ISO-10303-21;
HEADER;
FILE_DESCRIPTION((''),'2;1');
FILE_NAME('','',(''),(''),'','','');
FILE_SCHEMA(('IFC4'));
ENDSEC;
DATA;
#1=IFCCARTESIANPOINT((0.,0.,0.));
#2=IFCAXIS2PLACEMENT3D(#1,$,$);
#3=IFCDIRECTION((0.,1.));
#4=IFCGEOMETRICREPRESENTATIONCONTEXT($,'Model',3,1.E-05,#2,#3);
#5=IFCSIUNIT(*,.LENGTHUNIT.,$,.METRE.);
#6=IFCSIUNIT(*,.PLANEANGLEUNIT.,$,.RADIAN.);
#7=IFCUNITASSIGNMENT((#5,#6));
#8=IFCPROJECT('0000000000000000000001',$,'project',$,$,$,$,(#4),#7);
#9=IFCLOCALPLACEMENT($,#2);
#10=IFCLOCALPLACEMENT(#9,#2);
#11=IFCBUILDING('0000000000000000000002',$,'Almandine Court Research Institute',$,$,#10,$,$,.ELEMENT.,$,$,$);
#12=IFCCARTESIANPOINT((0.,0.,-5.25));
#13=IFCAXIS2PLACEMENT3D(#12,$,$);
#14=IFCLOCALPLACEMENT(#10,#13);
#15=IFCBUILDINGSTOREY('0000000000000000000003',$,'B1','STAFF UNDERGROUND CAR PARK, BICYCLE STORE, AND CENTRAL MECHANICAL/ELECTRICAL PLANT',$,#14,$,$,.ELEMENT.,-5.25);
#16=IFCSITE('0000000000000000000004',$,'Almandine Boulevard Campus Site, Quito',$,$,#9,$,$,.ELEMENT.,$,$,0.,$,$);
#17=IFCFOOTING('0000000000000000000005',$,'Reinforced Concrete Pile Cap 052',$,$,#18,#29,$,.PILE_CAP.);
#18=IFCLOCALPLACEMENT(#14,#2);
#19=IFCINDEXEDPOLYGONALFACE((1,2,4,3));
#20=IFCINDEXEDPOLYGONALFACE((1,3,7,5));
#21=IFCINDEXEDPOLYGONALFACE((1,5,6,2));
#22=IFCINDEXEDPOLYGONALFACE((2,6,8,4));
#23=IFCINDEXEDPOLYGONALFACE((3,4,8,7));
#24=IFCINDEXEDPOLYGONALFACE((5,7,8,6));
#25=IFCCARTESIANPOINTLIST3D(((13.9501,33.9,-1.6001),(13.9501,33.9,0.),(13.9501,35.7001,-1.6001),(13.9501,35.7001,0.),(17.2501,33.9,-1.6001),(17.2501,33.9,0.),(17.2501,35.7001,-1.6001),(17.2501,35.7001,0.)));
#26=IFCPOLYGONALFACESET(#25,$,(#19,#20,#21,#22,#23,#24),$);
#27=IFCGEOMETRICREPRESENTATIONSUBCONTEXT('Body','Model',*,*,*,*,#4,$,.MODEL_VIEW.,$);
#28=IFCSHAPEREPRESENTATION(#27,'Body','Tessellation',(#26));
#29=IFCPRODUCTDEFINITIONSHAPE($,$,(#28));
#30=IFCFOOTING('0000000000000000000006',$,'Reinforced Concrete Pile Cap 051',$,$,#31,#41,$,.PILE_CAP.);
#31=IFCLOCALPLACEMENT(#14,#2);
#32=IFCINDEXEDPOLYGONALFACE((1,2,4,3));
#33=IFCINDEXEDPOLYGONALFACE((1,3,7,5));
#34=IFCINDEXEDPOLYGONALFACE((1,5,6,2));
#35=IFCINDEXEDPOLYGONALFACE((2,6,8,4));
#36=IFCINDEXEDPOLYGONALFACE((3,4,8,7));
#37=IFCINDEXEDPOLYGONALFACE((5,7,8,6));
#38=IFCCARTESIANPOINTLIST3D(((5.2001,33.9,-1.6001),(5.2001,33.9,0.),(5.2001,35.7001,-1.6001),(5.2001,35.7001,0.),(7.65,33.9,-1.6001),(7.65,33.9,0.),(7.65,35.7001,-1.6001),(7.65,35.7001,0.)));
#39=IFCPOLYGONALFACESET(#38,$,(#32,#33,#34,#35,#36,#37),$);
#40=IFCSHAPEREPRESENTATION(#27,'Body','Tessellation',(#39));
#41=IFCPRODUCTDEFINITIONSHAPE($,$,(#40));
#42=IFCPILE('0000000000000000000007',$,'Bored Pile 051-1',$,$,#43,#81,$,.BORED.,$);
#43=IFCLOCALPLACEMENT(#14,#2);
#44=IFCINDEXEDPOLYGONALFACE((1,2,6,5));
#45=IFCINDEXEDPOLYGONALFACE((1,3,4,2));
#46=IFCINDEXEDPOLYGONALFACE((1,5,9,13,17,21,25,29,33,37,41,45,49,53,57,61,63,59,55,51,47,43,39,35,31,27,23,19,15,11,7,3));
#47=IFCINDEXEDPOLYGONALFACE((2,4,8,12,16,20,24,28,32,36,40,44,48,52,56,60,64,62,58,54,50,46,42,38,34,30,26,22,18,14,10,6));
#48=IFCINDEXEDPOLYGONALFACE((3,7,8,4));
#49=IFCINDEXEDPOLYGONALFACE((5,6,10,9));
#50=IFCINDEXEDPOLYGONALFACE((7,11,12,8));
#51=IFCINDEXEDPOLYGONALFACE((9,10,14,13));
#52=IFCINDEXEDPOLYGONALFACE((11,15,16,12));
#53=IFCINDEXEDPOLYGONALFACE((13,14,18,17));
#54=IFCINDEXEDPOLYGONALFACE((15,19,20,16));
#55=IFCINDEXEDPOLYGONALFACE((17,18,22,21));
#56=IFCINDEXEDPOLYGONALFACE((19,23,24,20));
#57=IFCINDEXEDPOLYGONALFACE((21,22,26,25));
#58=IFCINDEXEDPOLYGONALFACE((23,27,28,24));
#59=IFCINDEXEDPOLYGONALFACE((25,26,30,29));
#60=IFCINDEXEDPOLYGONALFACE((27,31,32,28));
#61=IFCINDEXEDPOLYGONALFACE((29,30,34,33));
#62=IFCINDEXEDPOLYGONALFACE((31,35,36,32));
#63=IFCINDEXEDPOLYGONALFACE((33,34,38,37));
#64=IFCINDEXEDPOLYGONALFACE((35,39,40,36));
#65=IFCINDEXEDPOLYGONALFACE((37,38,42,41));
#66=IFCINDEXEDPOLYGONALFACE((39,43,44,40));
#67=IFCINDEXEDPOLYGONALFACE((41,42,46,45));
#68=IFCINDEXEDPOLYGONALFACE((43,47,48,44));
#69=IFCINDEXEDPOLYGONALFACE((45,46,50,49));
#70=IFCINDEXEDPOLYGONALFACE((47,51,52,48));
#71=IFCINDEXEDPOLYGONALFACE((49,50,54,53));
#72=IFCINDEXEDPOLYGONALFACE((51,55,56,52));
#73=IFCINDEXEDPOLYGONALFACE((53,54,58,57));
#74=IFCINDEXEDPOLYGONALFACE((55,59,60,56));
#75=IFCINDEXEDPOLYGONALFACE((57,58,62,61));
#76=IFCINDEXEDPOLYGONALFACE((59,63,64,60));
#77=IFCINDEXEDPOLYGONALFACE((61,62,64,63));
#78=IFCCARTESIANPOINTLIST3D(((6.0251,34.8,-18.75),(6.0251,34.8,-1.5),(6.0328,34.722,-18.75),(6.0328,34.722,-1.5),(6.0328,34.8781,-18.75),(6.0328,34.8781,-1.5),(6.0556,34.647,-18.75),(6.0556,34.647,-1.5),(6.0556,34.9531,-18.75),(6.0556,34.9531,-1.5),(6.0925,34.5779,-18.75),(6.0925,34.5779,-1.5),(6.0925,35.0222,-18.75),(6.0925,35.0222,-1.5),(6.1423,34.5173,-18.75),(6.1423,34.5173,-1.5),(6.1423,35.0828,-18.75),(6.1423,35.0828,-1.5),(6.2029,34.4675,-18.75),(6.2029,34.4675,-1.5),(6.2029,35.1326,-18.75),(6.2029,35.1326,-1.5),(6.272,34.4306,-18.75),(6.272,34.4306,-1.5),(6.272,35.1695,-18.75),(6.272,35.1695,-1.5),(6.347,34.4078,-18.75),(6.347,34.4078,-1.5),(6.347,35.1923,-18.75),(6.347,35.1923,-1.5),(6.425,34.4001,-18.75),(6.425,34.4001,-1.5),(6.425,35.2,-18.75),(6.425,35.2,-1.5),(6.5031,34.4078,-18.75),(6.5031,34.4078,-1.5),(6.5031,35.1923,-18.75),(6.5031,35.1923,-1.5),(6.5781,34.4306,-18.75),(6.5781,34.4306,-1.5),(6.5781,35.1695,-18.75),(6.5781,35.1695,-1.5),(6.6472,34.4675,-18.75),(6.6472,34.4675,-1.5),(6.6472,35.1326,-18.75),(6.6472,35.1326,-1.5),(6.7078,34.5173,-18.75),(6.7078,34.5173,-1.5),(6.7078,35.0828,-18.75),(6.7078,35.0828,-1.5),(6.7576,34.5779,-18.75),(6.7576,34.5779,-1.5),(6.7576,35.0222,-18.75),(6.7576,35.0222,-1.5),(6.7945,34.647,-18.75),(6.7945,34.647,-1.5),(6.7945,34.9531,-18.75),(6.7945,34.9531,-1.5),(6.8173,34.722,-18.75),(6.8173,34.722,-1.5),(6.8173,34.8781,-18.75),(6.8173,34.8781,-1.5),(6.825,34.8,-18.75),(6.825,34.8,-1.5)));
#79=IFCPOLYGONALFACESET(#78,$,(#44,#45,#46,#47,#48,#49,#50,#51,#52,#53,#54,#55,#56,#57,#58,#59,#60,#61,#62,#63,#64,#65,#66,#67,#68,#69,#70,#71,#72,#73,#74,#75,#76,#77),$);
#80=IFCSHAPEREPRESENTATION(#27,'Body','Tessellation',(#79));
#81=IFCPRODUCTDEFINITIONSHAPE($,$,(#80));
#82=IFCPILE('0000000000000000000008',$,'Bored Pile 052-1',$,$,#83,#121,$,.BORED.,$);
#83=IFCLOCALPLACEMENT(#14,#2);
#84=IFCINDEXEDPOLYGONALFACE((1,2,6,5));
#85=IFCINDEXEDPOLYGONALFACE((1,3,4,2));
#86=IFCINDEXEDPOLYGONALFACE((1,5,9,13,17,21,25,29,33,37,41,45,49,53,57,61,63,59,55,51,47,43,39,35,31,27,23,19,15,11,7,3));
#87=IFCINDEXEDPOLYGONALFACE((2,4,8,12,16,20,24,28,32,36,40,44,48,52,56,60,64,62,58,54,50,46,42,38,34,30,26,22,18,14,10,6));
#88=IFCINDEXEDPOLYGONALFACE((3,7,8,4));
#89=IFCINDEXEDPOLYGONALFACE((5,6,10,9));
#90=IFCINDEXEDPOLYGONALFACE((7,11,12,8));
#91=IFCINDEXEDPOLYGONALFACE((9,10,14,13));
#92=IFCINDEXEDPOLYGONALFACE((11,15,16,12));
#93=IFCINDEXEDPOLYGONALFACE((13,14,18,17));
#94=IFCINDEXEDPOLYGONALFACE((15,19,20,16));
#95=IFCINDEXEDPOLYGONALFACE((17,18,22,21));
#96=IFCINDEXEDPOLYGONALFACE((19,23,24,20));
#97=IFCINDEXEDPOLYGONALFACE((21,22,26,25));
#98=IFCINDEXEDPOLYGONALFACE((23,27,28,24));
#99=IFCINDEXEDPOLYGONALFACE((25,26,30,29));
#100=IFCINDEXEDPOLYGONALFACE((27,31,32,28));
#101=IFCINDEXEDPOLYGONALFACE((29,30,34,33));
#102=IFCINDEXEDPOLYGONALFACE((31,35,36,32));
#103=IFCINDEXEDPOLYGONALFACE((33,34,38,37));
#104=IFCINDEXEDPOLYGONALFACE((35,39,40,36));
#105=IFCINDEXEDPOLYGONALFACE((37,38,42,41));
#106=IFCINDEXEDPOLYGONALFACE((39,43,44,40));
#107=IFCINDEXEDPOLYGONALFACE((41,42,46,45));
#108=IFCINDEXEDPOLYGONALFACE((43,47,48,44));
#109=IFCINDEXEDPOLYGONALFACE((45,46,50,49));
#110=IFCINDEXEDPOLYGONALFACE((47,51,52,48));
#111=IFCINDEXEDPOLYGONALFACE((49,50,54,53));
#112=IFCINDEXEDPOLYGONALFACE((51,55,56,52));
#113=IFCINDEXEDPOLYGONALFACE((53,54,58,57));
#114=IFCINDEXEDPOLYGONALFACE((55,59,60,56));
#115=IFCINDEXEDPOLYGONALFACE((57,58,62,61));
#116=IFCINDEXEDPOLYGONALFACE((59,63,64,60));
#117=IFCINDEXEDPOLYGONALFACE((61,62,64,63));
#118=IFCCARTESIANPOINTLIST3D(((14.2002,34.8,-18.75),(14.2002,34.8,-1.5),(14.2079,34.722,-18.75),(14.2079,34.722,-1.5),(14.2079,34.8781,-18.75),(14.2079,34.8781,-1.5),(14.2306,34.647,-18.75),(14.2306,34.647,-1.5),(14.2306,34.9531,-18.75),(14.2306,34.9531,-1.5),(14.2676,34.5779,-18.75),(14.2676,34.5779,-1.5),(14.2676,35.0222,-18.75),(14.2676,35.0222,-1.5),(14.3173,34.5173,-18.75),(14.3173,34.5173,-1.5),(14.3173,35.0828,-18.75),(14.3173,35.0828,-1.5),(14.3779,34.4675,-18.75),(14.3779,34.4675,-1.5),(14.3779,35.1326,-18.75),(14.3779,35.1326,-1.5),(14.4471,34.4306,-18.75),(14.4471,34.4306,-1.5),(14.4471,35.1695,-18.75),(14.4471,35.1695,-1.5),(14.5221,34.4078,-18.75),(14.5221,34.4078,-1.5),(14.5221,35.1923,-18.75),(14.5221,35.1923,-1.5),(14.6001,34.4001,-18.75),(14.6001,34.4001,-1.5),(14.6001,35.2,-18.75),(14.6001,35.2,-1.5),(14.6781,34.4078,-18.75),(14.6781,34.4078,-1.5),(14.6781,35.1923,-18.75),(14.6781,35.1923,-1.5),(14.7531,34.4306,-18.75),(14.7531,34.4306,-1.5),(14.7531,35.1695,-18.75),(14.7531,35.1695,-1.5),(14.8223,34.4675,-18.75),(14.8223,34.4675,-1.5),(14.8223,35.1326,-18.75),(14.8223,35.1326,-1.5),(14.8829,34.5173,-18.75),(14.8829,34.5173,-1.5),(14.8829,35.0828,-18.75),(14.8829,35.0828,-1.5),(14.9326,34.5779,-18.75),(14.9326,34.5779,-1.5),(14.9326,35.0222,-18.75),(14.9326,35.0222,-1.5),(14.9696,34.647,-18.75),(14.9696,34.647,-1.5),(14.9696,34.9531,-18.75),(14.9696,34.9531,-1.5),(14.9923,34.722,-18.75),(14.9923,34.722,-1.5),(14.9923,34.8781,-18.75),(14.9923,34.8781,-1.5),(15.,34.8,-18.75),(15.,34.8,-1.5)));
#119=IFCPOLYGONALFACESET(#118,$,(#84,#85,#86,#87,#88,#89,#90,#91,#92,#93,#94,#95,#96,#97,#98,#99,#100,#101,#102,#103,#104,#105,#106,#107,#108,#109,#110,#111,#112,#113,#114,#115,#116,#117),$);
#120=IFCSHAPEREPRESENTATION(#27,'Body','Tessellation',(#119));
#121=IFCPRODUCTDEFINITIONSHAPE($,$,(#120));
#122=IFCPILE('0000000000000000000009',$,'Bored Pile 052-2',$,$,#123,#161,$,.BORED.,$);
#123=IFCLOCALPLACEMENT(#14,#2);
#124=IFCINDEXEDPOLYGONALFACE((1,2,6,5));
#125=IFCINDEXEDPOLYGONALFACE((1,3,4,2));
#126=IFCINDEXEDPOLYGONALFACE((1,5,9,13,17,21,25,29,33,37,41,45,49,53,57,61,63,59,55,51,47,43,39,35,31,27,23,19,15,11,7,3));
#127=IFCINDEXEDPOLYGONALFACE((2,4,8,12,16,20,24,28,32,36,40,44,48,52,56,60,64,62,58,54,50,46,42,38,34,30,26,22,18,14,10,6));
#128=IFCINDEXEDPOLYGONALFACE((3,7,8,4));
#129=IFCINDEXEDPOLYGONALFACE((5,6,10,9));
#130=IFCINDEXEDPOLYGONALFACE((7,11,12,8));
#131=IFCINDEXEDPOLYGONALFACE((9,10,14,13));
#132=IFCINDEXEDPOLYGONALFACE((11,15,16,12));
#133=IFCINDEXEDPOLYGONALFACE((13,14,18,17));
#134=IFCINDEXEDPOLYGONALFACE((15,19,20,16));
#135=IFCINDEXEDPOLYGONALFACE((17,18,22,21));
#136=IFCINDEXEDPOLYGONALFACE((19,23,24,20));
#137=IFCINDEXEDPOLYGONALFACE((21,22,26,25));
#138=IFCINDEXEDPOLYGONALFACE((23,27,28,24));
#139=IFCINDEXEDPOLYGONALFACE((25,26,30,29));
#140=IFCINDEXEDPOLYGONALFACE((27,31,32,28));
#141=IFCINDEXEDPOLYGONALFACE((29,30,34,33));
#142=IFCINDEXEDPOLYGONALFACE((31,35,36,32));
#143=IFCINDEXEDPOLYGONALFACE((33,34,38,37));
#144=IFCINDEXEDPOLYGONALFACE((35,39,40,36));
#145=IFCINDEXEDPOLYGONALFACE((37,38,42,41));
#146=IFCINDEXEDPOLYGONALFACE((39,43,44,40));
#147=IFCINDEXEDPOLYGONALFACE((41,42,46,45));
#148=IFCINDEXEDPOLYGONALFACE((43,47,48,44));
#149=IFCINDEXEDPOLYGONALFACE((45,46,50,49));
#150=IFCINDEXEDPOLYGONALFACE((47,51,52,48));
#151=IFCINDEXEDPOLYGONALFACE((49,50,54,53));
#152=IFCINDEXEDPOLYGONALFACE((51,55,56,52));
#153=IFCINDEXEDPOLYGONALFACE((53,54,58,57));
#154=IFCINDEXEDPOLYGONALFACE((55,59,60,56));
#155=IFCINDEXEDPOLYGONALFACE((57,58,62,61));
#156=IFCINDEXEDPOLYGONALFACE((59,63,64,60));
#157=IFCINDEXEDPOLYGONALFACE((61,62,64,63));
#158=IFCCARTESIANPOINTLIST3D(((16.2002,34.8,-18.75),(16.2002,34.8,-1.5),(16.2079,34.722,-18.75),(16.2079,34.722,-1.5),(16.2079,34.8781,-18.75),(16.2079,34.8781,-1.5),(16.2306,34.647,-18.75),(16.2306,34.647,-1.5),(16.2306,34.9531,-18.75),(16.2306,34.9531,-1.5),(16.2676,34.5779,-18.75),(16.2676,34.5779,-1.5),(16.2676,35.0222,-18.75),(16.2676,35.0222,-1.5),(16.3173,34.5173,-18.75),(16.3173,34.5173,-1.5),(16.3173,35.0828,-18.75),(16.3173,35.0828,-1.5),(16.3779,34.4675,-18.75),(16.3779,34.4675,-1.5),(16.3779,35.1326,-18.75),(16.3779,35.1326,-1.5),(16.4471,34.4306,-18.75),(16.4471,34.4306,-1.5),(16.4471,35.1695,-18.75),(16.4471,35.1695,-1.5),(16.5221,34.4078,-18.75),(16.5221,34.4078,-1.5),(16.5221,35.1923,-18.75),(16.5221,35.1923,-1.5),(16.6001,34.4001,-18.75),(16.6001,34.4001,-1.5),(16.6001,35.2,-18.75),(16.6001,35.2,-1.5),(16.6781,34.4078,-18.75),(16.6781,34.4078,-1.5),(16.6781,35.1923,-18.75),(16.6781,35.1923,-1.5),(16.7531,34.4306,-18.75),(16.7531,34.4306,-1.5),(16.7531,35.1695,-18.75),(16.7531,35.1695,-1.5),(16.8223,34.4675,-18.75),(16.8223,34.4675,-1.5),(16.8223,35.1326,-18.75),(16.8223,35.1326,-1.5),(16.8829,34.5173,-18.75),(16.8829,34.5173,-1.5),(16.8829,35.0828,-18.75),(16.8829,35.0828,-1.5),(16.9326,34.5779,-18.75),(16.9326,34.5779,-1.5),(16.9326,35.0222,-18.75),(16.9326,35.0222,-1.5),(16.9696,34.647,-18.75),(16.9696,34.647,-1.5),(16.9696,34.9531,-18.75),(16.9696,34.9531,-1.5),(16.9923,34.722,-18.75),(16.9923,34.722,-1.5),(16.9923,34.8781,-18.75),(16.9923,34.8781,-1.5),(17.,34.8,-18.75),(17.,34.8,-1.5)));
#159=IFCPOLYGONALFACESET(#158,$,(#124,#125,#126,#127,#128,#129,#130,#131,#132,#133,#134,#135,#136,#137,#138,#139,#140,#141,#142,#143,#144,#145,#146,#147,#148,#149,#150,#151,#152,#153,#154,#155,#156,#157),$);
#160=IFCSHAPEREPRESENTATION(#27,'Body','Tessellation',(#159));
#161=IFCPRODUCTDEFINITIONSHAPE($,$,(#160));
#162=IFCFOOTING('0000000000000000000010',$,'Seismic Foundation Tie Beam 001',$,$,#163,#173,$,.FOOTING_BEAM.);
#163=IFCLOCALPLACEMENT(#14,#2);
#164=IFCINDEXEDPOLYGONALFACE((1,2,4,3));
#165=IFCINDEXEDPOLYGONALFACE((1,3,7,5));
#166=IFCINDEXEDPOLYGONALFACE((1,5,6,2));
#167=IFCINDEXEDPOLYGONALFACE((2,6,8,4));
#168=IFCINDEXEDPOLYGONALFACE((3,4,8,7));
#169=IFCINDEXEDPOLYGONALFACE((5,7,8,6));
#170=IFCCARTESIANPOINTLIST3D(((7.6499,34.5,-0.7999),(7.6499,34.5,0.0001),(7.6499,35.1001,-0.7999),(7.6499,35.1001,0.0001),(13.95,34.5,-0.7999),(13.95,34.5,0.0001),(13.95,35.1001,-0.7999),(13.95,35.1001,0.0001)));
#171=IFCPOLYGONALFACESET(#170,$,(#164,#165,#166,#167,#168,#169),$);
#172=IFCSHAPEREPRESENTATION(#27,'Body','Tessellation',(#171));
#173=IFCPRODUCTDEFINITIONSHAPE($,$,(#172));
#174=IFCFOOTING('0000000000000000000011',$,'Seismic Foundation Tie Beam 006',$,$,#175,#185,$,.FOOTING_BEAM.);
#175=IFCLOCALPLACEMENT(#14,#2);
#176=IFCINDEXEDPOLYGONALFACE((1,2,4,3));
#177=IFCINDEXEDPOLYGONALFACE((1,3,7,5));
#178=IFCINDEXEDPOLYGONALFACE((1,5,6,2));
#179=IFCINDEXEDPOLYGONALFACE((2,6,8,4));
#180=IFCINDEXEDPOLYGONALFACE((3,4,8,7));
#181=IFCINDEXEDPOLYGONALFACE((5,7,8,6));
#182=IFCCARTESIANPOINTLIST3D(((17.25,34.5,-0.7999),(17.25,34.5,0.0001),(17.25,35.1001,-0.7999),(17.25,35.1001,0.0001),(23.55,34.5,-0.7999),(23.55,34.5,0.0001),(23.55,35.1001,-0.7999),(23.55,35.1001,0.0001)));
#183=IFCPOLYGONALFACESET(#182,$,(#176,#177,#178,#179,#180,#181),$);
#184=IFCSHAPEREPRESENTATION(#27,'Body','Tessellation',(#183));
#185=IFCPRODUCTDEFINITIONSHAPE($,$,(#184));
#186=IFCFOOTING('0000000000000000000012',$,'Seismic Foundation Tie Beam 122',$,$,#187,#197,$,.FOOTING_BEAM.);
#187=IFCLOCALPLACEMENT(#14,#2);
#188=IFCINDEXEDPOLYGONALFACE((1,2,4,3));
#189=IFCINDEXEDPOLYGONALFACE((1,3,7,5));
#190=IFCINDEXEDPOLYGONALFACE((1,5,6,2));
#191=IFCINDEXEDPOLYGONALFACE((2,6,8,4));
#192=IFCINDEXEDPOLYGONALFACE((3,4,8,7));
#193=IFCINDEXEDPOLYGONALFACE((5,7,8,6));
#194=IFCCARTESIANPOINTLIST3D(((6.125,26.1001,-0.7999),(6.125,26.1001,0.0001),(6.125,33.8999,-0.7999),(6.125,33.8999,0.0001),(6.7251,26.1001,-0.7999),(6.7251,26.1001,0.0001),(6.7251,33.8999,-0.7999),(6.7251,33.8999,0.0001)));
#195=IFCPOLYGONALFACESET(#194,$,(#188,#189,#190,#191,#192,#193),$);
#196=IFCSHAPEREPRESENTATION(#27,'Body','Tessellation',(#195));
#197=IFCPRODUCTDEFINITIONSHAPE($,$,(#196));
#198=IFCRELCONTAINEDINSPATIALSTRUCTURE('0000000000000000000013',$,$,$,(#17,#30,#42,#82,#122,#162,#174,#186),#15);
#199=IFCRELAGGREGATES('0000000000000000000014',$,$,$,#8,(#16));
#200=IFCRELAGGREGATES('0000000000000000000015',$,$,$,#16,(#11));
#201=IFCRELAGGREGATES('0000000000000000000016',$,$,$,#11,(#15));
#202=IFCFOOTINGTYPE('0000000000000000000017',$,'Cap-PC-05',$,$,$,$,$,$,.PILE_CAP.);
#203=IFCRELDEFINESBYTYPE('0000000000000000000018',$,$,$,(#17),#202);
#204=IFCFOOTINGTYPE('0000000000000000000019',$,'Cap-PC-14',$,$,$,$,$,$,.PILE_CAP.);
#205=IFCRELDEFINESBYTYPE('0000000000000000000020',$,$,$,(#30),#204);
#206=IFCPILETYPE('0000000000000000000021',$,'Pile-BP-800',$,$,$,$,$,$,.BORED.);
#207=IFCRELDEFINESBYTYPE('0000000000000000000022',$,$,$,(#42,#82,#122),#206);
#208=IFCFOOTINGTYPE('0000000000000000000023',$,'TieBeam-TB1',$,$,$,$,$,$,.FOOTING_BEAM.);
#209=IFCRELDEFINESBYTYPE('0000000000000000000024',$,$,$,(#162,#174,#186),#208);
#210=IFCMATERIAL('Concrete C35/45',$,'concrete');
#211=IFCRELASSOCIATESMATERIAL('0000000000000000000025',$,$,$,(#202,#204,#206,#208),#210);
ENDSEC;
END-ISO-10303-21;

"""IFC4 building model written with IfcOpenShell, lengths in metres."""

from ifc_helpers import new_model, si_unit, direction, frame, origin, origin_2d, place, context, subcontext, project, spatial, rectangle, circle, extrude, material, material_profile, profile_set, type_object, element, save


model = new_model("IFC4")

# Units and contexts
model_context = context("Model", 3, precision=1e-05, world=origin(), true_north=direction((0.0, 1.0)))
body_context = subcontext(model_context, "Body", "Model", "MODEL_VIEW")
ifc_project = project(units=[si_unit("LENGTHUNIT", "METRE"), si_unit("PLANEANGLEUNIT", "RADIAN")], contexts=[model_context])

# Site, building, storey
site_placement = place(None, origin())
site = spatial("IfcSite", under=ifc_project, at=site_placement, Name="Almandine Boulevard Campus Site, Quito", CompositionType="ELEMENT", RefElevation=0.0)
building_placement = place(site_placement, origin())
building = spatial("IfcBuilding", under=site, at=building_placement, Name="Almandine Court Research Institute", CompositionType="ELEMENT")
storey_placement = place(building_placement, frame((0.0, 0.0, -5.25)))
storey = spatial("IfcBuildingStorey", under=building, at=storey_placement, Name="B1", Description="STAFF UNDERGROUND CAR PARK, BICYCLE STORE, AND CENTRAL MECHANICAL/ELECTRICAL PLANT", CompositionType="ELEMENT", Elevation=-5.25)

# Footings
ifc_material_1 = material(Name="Concrete C35/45", Category="concrete")
footing_type_1 = type_object("IfcFootingType", Name="Cap-PC-05", PredefinedType="PILE_CAP", material=ifc_material_1)
footing_1_placement = place(storey_placement, frame((15.6001, 34.8, -1.6001), z_axis=(0.0, 0.0, 1.0), x_axis=(1.0, 0.0, 0.0)))
element("IfcFooting", 1, at=footing_1_placement, inside=storey, type_object=footing_type_1, Name="Reinforced Concrete Pile Cap 052", PredefinedType="PILE_CAP", context=body_context, shape_type="SweptSolid", body=[
    extrude(rectangle(XDim=3.3, YDim=1.8, at=origin_2d()), origin(), (0.0, 0.0, 1.0), 1.6001),
])
footing_type_2 = type_object("IfcFootingType", Name="Cap-PC-14", PredefinedType="PILE_CAP", material=ifc_material_1)
footing_2_placement = place(storey_placement, frame((6.425, 34.8, -1.6001), z_axis=(0.0, 0.0, 1.0), x_axis=(1.0, 0.0, 0.0)))
element("IfcFooting", 2, at=footing_2_placement, inside=storey, type_object=footing_type_2, Name="Reinforced Concrete Pile Cap 051", PredefinedType="PILE_CAP", context=body_context, shape_type="SweptSolid", body=[
    extrude(rectangle(XDim=2.45, YDim=1.8, at=origin_2d()), origin(), (0.0, 0.0, 1.0), 1.6001),
])

# Piles
ifc_material_profile_1 = material_profile(ifc_material_1, circle(Radius=0.3999, at=origin_2d()), Name="BORED PILE D800")
ifc_profile_set_1 = profile_set([ifc_material_profile_1], Name="Concrete C35/45")
pile_type = type_object("IfcPileType", Name="Pile-BP-800", PredefinedType="BORED", material=ifc_profile_set_1)
for number, where, z_axis, x_axis, name in (
    (3, (6.425, 34.8, -1.5), (0.0, 0.0, -1.0), (1.0, 0.0, 0.0), "Bored Pile 051-1"),
    (4, (14.6001, 34.8, -1.5), (0.0, 0.0, -1.0), (1.0, 0.0, 0.0), "Bored Pile 052-1"),
    (5, (16.6001, 34.8, -1.5), (0.0, 0.0, -1.0), (1.0, 0.0, 0.0), "Bored Pile 052-2"),
):
    element("IfcPile", number, at=place(storey_placement, frame(where, z_axis=z_axis, x_axis=x_axis)), inside=storey, type_object=pile_type, Name=name, PredefinedType="BORED", context=body_context, shape_type="SweptSolid", body=[
        extrude(circle(Radius=0.3999, at=origin_2d()), origin(), (0.0, 0.0, 1.0), 17.25),
    ])

# Footings
ifc_material_profile_2 = material_profile(ifc_material_1, rectangle(XDim=0.6001, YDim=0.8, at=origin_2d()), Name="RC TIE 600x800")
ifc_profile_set_2 = profile_set([ifc_material_profile_2], Name="Concrete C35/45")
footing_type_3 = type_object("IfcFootingType", Name="TieBeam-TB1", PredefinedType="FOOTING_BEAM", material=ifc_profile_set_2)
for number, where, z_axis, x_axis, name in (
    (6, (7.6499, 34.8, -0.3999), (1.0, 0.0, 0.0), (0.0, 1.0, 0.0), "Seismic Foundation Tie Beam 001"),
    (7, (17.25, 34.8, -0.3999), (1.0, 0.0, 0.0), (0.0, 1.0, 0.0), "Seismic Foundation Tie Beam 006"),
):
    element("IfcFooting", number, at=place(storey_placement, frame(where, z_axis=z_axis, x_axis=x_axis)), inside=storey, type_object=footing_type_3, Name=name, PredefinedType="FOOTING_BEAM", context=body_context, shape_type="SweptSolid", body=[
        extrude(rectangle(XDim=0.6001, YDim=0.8, at=origin_2d()), origin(), (0.0, 0.0, 1.0), 6.3),
    ])
footing_3_placement = place(storey_placement, frame((6.425, 26.1001, -0.3999), z_axis=(0.0, 1.0, 0.0), x_axis=(-1.0, 0.0, 0.0)))
element("IfcFooting", 8, at=footing_3_placement, inside=storey, type_object=footing_type_3, Name="Seismic Foundation Tie Beam 122", PredefinedType="FOOTING_BEAM", context=body_context, shape_type="SweptSolid", body=[
    extrude(rectangle(XDim=0.6001, YDim=0.8, at=origin_2d()), origin(), (0.0, 0.0, 1.0), 7.7998),
])

save(model, "model.ifc")
